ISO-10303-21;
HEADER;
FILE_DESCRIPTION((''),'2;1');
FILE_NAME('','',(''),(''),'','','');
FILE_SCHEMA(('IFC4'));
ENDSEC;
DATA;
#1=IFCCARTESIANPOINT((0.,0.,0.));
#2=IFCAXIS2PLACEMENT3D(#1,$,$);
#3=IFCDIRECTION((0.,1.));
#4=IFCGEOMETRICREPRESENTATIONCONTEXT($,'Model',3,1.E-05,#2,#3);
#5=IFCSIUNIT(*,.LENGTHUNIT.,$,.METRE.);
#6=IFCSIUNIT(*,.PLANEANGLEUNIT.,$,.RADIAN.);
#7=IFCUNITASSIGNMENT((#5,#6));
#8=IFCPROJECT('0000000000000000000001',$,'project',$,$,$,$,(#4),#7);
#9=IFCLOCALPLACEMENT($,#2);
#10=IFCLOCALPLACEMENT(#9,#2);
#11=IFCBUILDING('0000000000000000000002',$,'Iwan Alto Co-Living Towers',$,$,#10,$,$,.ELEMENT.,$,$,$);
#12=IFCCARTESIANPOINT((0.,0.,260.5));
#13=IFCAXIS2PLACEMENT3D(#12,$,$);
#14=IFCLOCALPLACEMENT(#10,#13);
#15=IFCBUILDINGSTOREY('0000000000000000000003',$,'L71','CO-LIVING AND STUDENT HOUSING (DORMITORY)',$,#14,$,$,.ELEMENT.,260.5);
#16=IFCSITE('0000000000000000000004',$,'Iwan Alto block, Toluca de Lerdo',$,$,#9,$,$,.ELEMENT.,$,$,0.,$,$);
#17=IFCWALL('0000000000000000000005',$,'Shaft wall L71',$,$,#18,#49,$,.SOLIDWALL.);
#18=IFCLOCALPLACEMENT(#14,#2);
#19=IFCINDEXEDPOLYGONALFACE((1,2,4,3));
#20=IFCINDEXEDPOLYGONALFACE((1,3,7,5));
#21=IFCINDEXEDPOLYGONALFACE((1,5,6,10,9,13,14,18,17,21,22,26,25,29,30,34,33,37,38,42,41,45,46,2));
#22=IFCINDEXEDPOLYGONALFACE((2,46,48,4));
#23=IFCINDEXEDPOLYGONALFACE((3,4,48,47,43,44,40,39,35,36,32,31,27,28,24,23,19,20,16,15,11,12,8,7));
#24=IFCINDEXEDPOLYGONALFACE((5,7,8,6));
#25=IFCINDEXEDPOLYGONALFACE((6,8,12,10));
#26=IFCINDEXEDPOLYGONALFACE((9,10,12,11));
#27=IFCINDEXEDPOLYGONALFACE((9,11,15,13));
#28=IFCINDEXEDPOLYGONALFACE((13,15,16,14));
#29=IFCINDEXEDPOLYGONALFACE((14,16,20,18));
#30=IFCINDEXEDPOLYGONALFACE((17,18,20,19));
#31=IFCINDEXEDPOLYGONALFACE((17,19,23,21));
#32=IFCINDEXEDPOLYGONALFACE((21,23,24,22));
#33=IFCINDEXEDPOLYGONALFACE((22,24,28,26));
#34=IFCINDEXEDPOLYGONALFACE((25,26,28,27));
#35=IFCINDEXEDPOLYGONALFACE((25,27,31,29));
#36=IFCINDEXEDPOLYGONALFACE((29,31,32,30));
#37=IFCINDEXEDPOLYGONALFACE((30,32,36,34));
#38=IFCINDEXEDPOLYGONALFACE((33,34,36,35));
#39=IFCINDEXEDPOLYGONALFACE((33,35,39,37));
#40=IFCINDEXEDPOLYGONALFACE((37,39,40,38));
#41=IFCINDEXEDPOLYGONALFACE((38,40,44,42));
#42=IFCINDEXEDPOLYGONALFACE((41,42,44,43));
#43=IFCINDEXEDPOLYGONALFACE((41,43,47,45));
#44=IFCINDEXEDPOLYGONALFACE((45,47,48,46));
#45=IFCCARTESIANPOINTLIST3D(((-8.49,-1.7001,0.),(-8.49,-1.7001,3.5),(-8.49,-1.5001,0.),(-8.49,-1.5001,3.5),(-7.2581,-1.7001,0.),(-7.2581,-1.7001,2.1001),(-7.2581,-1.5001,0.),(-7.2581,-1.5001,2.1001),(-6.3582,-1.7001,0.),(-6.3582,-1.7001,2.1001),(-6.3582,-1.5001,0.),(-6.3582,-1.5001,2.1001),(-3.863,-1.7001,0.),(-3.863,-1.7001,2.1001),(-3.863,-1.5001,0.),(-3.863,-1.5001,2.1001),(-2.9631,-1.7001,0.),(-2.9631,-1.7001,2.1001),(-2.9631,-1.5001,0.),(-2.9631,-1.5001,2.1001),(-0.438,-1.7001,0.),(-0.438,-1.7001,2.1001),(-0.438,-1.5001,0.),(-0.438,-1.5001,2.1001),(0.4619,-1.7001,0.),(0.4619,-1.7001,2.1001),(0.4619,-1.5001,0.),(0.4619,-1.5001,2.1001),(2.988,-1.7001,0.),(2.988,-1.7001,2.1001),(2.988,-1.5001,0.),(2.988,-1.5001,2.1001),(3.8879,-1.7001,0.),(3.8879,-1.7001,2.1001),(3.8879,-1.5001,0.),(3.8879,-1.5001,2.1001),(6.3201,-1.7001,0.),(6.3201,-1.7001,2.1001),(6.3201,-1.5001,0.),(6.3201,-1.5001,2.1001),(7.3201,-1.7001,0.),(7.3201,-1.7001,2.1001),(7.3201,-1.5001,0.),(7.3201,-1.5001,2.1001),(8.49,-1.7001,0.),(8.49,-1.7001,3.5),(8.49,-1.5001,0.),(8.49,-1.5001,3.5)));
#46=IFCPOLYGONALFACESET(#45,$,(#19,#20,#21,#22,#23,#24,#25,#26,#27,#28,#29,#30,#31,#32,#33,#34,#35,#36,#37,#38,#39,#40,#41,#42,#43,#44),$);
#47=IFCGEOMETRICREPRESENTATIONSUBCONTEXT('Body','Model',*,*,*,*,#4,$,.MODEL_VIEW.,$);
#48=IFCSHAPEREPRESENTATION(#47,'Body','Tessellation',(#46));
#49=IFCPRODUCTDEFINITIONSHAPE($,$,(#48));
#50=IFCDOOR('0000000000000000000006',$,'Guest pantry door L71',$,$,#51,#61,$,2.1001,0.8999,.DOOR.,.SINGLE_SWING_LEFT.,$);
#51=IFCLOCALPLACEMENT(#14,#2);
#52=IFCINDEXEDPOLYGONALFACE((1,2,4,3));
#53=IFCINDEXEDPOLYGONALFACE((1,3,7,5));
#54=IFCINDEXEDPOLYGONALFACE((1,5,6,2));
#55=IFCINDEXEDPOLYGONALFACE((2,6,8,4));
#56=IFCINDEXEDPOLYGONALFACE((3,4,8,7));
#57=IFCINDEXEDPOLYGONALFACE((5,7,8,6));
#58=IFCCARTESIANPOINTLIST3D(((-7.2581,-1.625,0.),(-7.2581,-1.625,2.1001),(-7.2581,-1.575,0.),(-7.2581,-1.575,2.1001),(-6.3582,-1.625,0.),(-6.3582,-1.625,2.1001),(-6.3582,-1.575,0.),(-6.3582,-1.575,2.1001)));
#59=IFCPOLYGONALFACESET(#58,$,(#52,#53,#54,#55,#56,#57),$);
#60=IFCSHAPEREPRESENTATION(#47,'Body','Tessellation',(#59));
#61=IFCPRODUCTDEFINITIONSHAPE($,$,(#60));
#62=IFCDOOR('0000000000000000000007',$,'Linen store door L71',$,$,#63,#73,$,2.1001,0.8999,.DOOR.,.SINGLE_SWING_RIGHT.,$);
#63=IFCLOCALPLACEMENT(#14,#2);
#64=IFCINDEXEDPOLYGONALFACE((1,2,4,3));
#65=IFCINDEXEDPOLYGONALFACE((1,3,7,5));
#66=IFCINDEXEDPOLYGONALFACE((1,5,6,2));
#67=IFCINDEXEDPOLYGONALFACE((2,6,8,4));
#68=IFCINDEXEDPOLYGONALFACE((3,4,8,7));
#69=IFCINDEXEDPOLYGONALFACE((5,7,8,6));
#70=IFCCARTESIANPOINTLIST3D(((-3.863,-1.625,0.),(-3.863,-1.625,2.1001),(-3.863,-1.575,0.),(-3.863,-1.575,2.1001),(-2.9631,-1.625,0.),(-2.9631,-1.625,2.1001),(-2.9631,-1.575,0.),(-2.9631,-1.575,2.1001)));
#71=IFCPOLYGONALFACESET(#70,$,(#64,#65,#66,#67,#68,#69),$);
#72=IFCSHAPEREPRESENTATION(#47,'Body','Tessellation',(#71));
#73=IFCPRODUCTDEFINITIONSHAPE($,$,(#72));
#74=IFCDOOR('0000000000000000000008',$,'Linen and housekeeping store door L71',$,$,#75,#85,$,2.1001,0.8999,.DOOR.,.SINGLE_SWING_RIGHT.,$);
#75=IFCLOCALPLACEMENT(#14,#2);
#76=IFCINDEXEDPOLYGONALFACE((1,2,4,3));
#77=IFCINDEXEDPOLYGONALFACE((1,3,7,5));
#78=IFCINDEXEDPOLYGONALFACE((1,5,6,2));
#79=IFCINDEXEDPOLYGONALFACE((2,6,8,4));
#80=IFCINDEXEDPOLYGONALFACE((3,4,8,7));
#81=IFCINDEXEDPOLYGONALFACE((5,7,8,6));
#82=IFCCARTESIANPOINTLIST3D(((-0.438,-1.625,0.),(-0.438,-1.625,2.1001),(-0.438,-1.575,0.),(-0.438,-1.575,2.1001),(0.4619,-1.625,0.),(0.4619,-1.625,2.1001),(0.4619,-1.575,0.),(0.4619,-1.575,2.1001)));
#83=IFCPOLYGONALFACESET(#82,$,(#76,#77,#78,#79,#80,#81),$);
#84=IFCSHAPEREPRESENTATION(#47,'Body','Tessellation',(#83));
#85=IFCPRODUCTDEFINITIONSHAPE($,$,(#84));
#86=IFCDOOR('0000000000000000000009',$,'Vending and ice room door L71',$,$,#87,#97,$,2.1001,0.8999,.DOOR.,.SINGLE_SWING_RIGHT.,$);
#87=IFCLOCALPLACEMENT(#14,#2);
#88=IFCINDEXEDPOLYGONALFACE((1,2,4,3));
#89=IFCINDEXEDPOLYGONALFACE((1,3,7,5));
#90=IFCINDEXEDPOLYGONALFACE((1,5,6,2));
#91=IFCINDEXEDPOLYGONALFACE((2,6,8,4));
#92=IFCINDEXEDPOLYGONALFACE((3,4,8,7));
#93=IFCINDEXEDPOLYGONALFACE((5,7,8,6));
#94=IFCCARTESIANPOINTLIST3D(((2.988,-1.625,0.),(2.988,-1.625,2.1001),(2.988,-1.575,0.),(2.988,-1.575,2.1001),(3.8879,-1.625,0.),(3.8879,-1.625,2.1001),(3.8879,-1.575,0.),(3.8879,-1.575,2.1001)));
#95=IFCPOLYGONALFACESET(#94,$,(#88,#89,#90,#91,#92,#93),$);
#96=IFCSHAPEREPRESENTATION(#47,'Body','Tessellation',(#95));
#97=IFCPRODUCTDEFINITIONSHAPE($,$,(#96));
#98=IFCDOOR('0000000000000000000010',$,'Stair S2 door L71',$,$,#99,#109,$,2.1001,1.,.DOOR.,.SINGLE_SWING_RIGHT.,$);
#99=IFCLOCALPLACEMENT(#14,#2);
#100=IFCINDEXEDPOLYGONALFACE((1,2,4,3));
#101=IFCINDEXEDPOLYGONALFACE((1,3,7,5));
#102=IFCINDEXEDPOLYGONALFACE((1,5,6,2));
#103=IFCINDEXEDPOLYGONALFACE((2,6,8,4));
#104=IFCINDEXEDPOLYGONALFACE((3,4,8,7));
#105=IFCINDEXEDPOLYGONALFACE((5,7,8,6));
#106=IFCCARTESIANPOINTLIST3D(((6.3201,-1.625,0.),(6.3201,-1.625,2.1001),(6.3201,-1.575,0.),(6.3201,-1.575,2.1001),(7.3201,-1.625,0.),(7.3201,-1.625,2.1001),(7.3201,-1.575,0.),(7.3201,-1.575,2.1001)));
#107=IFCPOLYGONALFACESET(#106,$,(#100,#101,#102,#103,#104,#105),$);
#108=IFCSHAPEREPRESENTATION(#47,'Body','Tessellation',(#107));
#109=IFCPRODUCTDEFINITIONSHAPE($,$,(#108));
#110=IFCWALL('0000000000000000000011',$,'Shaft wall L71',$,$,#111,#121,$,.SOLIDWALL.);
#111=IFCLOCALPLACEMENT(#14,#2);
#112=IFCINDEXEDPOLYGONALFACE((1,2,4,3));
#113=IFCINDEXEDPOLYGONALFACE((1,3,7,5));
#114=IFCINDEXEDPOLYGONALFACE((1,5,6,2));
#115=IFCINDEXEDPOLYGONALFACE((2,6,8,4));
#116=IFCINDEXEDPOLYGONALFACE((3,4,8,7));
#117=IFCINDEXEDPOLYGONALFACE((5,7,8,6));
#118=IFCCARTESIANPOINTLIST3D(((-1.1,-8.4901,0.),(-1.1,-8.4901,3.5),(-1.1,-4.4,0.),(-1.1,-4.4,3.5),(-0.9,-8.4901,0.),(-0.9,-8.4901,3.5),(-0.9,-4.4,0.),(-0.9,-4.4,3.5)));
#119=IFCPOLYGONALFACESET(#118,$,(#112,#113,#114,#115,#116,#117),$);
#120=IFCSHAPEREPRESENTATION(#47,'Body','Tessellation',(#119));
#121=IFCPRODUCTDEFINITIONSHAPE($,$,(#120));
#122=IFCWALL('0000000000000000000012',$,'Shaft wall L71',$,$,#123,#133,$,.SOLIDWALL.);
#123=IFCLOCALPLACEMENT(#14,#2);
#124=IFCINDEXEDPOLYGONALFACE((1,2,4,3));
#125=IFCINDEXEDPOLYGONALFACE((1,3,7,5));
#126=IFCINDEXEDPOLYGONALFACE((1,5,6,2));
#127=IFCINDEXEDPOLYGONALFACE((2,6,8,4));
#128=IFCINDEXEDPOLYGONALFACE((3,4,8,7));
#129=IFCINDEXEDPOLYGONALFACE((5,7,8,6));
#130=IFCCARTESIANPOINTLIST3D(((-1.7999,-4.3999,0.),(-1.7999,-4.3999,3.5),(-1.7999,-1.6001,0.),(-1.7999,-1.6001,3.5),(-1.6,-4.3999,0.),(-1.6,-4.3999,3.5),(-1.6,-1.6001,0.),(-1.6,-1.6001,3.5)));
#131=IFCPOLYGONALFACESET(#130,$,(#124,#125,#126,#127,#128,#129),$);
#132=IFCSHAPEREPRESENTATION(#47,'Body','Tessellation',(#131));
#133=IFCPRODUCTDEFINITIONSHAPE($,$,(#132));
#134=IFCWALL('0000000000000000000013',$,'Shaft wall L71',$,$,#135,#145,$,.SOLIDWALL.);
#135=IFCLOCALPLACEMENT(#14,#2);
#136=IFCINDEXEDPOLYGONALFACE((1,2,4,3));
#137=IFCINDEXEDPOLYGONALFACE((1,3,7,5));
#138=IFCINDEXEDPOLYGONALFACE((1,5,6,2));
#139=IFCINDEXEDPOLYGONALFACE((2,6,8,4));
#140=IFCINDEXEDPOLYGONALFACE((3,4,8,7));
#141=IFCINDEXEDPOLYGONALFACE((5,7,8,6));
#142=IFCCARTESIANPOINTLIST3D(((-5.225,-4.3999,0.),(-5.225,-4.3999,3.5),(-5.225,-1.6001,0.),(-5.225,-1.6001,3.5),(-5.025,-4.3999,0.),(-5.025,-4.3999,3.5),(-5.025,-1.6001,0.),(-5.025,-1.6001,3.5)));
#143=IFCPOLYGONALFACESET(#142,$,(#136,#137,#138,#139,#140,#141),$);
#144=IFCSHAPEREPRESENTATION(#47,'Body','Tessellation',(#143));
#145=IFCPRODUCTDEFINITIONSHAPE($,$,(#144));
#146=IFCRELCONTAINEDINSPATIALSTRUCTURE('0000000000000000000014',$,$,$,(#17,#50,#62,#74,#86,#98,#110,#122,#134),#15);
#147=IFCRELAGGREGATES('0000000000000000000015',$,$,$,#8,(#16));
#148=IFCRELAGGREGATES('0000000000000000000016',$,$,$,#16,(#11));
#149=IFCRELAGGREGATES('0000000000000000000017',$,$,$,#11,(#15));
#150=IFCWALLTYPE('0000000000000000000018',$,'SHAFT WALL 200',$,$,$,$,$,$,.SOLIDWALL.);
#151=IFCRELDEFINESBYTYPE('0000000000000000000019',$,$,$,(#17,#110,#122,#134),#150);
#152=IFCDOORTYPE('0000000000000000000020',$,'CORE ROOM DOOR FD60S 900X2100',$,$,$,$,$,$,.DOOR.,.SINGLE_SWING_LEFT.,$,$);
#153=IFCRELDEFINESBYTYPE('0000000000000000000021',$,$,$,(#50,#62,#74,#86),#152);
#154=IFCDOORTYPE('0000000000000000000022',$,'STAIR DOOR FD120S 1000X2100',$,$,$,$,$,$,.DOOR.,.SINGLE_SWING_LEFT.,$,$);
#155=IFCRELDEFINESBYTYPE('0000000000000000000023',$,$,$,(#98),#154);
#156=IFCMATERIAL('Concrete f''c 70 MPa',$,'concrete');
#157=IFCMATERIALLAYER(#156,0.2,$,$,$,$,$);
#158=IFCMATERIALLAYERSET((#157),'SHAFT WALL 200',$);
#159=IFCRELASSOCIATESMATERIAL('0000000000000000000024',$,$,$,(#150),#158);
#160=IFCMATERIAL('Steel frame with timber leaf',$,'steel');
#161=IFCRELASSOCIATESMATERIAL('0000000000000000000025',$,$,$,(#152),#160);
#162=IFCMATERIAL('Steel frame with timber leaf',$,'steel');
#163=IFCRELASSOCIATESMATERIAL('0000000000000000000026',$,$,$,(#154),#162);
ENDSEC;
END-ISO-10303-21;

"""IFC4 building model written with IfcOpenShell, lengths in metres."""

from ifc_helpers import new_model, si_unit, direction, frame, frame_2d, origin, place, context, subcontext, project, spatial, rectangle, extrude, material, layer, layer_set, type_object, element, fill, save


model = new_model("IFC4")

# Units and contexts
model_context = context("Model", 3, precision=1e-05, world=origin(), true_north=direction((0.0, 1.0)))
body_context = subcontext(model_context, "Body", "Model", "MODEL_VIEW")
ifc_project = project(units=[si_unit("LENGTHUNIT", "METRE"), si_unit("PLANEANGLEUNIT", "RADIAN")], contexts=[model_context])

# Site, building, storey
site_placement = place(None, origin())
site = spatial("IfcSite", under=ifc_project, at=site_placement, Name="Iwan Alto block, Toluca de Lerdo", CompositionType="ELEMENT", RefElevation=0.0)
building_placement = place(site_placement, origin())
building = spatial("IfcBuilding", under=site, at=building_placement, Name="Iwan Alto Co-Living Towers", CompositionType="ELEMENT")
storey_placement = place(building_placement, frame((0.0, 0.0, 260.5)))
storey = spatial("IfcBuildingStorey", under=building, at=storey_placement, Name="L71", Description="CO-LIVING AND STUDENT HOUSING (DORMITORY)", CompositionType="ELEMENT", Elevation=260.5)

# Shared definitions
ifc_material_1 = material(Name="Concrete f'c 70 MPa", Category="concrete")
ifc_layer_1 = layer(ifc_material_1, 0.2)
ifc_layer_set_1 = layer_set([ifc_layer_1], Name="SHAFT WALL 200")
wall_type_1 = type_object("IfcWallType", Name="SHAFT WALL 200", PredefinedType="SOLIDWALL", material=ifc_layer_set_1)

# Wall, openings, doors
wall_1_placement = place(storey_placement, frame((-8.49, -1.6001, 0.0), z_axis=(0.0, 0.0, 1.0), x_axis=(1.0, 0.0, 0.0)))
wall_1 = element("IfcWall", 1, at=wall_1_placement, inside=storey, type_object=wall_type_1, Name="Shaft wall L71", PredefinedType="SOLIDWALL", context=body_context, shape_type="SweptSolid", body=[
    extrude(rectangle(XDim=16.98, YDim=0.2, at=frame_2d((8.49, 0.0))), origin(), (0.0, 0.0, 1.0), 3.5),
])
opening_1_placement = place(wall_1_placement, frame((14.8101, 0.0, 0.0)))
opening_1 = element("IfcOpeningElement", 2, at=opening_1_placement, cuts=wall_1, PredefinedType="OPENING", context=body_context, shape_type="SweptSolid", body=[
    extrude(rectangle(XDim=1.0, YDim=2.1001, at=frame_2d((0.5, 1.05))), frame((0.0, 0.1099, 0.0), z_axis=(0.0, -1.0, 0.0), x_axis=(1.0, 0.0, 0.0)), (0.0, 0.0, 1.0), 0.22),
])
opening_2_placement = place(wall_1_placement, frame((1.2319, 0.0, 0.0)))
opening_2 = element("IfcOpeningElement", 3, at=opening_2_placement, cuts=wall_1, PredefinedType="OPENING", context=body_context, shape_type="SweptSolid", body=[
    extrude(rectangle(XDim=0.8999, YDim=2.1001, at=frame_2d((0.45, 1.05))), frame((0.0, 0.1099, 0.0), z_axis=(0.0, -1.0, 0.0), x_axis=(1.0, 0.0, 0.0)), (0.0, 0.0, 1.0), 0.22),
])
opening_3_placement = place(wall_1_placement, frame((4.627, 0.0, 0.0)))
opening_3 = element("IfcOpeningElement", 4, at=opening_3_placement, cuts=wall_1, PredefinedType="OPENING", context=body_context, shape_type="SweptSolid", body=[
    extrude(rectangle(XDim=0.8999, YDim=2.1001, at=frame_2d((0.45, 1.05))), frame((0.0, 0.1099, 0.0), z_axis=(0.0, -1.0, 0.0), x_axis=(1.0, 0.0, 0.0)), (0.0, 0.0, 1.0), 0.22),
])
opening_4_placement = place(wall_1_placement, frame((8.052, 0.0, 0.0)))
opening_4 = element("IfcOpeningElement", 5, at=opening_4_placement, cuts=wall_1, PredefinedType="OPENING", context=body_context, shape_type="SweptSolid", body=[
    extrude(rectangle(XDim=0.8999, YDim=2.1001, at=frame_2d((0.45, 1.05))), frame((0.0, 0.1099, 0.0), z_axis=(0.0, -1.0, 0.0), x_axis=(1.0, 0.0, 0.0)), (0.0, 0.0, 1.0), 0.22),
])
opening_5_placement = place(wall_1_placement, frame((11.478, 0.0, 0.0)))
opening_5 = element("IfcOpeningElement", 6, at=opening_5_placement, cuts=wall_1, PredefinedType="OPENING", context=body_context, shape_type="SweptSolid", body=[
    extrude(rectangle(XDim=0.8999, YDim=2.1001, at=frame_2d((0.45, 1.05))), frame((0.0, 0.1099, 0.0), z_axis=(0.0, -1.0, 0.0), x_axis=(1.0, 0.0, 0.0)), (0.0, 0.0, 1.0), 0.22),
])
ifc_material_2 = material(Name="Steel frame with timber leaf", Category="steel")
door_type_1 = type_object("IfcDoorType", Name="CORE ROOM DOOR FD60S 900X2100", OperationType="SINGLE_SWING_LEFT", PredefinedType="DOOR", material=ifc_material_2)
door_1_placement = place(opening_2_placement, frame((0.8999, 0.0, 0.0), z_axis=(0.0, 0.0, 1.0), x_axis=(-1.0, 0.0, 0.0)))
door_1 = element("IfcDoor", 7, at=door_1_placement, inside=storey, type_object=door_type_1, Name="Guest pantry door L71", OperationType="SINGLE_SWING_LEFT", OverallHeight=2.1001, OverallWidth=0.8999, PredefinedType="DOOR", context=body_context, shape_type="SweptSolid", body=[
    extrude(rectangle(XDim=0.8999, YDim=2.1001, at=frame_2d((0.45, 1.05))), frame((0.0, 0.0249, 0.0), z_axis=(0.0, -1.0, 0.0), x_axis=(1.0, 0.0, 0.0)), (0.0, 0.0, 1.0), 0.05),
])
fill(opening_2, door_1)
door_2_placement = place(opening_3_placement, frame((0.8999, 0.0, 0.0), z_axis=(0.0, 0.0, 1.0), x_axis=(-1.0, 0.0, 0.0)))
door_2 = element("IfcDoor", 8, at=door_2_placement, inside=storey, type_object=door_type_1, Name="Linen store door L71", OperationType="SINGLE_SWING_RIGHT", OverallHeight=2.1001, OverallWidth=0.8999, PredefinedType="DOOR", context=body_context, shape_type="SweptSolid", body=[
    extrude(rectangle(XDim=0.8999, YDim=2.1001, at=frame_2d((0.45, 1.05))), frame((0.0, 0.0249, 0.0), z_axis=(0.0, -1.0, 0.0), x_axis=(1.0, 0.0, 0.0)), (0.0, 0.0, 1.0), 0.05),
])
fill(opening_3, door_2)
door_3_placement = place(opening_4_placement, frame((0.8999, 0.0, 0.0), z_axis=(0.0, 0.0, 1.0), x_axis=(-1.0, 0.0, 0.0)))
door_3 = element("IfcDoor", 9, at=door_3_placement, inside=storey, type_object=door_type_1, Name="Linen and housekeeping store door L71", OperationType="SINGLE_SWING_RIGHT", OverallHeight=2.1001, OverallWidth=0.8999, PredefinedType="DOOR", context=body_context, shape_type="SweptSolid", body=[
    extrude(rectangle(XDim=0.8999, YDim=2.1001, at=frame_2d((0.45, 1.05))), frame((0.0, 0.0249, 0.0), z_axis=(0.0, -1.0, 0.0), x_axis=(1.0, 0.0, 0.0)), (0.0, 0.0, 1.0), 0.05),
])
fill(opening_4, door_3)
door_4_placement = place(opening_5_placement, frame((0.8999, 0.0, 0.0), z_axis=(0.0, 0.0, 1.0), x_axis=(-1.0, 0.0, 0.0)))
door_4 = element("IfcDoor", 10, at=door_4_placement, inside=storey, type_object=door_type_1, Name="Vending and ice room door L71", OperationType="SINGLE_SWING_RIGHT", OverallHeight=2.1001, OverallWidth=0.8999, PredefinedType="DOOR", context=body_context, shape_type="SweptSolid", body=[
    extrude(rectangle(XDim=0.8999, YDim=2.1001, at=frame_2d((0.45, 1.05))), frame((0.0, 0.0249, 0.0), z_axis=(0.0, -1.0, 0.0), x_axis=(1.0, 0.0, 0.0)), (0.0, 0.0, 1.0), 0.05),
])
fill(opening_5, door_4)
ifc_material_3 = material(Name="Steel frame with timber leaf", Category="steel")
door_type_2 = type_object("IfcDoorType", Name="STAIR DOOR FD120S 1000X2100", OperationType="SINGLE_SWING_LEFT", PredefinedType="DOOR", material=ifc_material_3)
door_5_placement = place(opening_1_placement, frame((1.0, 0.0, 0.0), z_axis=(0.0, 0.0, 1.0), x_axis=(-1.0, 0.0, 0.0)))
door_5 = element("IfcDoor", 11, at=door_5_placement, inside=storey, type_object=door_type_2, Name="Stair S2 door L71", OperationType="SINGLE_SWING_RIGHT", OverallHeight=2.1001, OverallWidth=1.0, PredefinedType="DOOR", context=body_context, shape_type="SweptSolid", body=[
    extrude(rectangle(XDim=1.0, YDim=2.1001, at=frame_2d((0.5, 1.05))), frame((0.0, 0.0249, 0.0), z_axis=(0.0, -1.0, 0.0), x_axis=(1.0, 0.0, 0.0)), (0.0, 0.0, 1.0), 0.05),
])
fill(opening_1, door_5)

# Walls
wall_2_placement = place(storey_placement, frame((-1.0, -8.49, 0.0), z_axis=(0.0, 0.0, 1.0), x_axis=(0.0, 1.0, 0.0)))
element("IfcWall", 12, at=wall_2_placement, inside=storey, type_object=wall_type_1, Name="Shaft wall L71", PredefinedType="SOLIDWALL", context=body_context, shape_type="SweptSolid", body=[
    extrude(rectangle(XDim=4.0901, YDim=0.2, at=frame_2d((2.0449, 0.0))), origin(), (0.0, 0.0, 1.0), 3.5),
])
for number, where, z_axis, x_axis, name in (
    (13, (-1.7, -4.3999, 0.0), (0.0, 0.0, 1.0), (0.0, 1.0, 0.0), "Shaft wall L71"),
    (14, (-5.125, -4.3999, 0.0), (0.0, 0.0, 1.0), (0.0, 1.0, 0.0), "Shaft wall L71"),
):
    element("IfcWall", number, at=place(storey_placement, frame(where, z_axis=z_axis, x_axis=x_axis)), inside=storey, type_object=wall_type_1, Name=name, PredefinedType="SOLIDWALL", context=body_context, shape_type="SweptSolid", body=[
        extrude(rectangle(XDim=2.7998, YDim=0.2, at=frame_2d((1.3999, 0.0))), origin(), (0.0, 0.0, 1.0), 3.5),
    ])

save(model, "model.ifc")
